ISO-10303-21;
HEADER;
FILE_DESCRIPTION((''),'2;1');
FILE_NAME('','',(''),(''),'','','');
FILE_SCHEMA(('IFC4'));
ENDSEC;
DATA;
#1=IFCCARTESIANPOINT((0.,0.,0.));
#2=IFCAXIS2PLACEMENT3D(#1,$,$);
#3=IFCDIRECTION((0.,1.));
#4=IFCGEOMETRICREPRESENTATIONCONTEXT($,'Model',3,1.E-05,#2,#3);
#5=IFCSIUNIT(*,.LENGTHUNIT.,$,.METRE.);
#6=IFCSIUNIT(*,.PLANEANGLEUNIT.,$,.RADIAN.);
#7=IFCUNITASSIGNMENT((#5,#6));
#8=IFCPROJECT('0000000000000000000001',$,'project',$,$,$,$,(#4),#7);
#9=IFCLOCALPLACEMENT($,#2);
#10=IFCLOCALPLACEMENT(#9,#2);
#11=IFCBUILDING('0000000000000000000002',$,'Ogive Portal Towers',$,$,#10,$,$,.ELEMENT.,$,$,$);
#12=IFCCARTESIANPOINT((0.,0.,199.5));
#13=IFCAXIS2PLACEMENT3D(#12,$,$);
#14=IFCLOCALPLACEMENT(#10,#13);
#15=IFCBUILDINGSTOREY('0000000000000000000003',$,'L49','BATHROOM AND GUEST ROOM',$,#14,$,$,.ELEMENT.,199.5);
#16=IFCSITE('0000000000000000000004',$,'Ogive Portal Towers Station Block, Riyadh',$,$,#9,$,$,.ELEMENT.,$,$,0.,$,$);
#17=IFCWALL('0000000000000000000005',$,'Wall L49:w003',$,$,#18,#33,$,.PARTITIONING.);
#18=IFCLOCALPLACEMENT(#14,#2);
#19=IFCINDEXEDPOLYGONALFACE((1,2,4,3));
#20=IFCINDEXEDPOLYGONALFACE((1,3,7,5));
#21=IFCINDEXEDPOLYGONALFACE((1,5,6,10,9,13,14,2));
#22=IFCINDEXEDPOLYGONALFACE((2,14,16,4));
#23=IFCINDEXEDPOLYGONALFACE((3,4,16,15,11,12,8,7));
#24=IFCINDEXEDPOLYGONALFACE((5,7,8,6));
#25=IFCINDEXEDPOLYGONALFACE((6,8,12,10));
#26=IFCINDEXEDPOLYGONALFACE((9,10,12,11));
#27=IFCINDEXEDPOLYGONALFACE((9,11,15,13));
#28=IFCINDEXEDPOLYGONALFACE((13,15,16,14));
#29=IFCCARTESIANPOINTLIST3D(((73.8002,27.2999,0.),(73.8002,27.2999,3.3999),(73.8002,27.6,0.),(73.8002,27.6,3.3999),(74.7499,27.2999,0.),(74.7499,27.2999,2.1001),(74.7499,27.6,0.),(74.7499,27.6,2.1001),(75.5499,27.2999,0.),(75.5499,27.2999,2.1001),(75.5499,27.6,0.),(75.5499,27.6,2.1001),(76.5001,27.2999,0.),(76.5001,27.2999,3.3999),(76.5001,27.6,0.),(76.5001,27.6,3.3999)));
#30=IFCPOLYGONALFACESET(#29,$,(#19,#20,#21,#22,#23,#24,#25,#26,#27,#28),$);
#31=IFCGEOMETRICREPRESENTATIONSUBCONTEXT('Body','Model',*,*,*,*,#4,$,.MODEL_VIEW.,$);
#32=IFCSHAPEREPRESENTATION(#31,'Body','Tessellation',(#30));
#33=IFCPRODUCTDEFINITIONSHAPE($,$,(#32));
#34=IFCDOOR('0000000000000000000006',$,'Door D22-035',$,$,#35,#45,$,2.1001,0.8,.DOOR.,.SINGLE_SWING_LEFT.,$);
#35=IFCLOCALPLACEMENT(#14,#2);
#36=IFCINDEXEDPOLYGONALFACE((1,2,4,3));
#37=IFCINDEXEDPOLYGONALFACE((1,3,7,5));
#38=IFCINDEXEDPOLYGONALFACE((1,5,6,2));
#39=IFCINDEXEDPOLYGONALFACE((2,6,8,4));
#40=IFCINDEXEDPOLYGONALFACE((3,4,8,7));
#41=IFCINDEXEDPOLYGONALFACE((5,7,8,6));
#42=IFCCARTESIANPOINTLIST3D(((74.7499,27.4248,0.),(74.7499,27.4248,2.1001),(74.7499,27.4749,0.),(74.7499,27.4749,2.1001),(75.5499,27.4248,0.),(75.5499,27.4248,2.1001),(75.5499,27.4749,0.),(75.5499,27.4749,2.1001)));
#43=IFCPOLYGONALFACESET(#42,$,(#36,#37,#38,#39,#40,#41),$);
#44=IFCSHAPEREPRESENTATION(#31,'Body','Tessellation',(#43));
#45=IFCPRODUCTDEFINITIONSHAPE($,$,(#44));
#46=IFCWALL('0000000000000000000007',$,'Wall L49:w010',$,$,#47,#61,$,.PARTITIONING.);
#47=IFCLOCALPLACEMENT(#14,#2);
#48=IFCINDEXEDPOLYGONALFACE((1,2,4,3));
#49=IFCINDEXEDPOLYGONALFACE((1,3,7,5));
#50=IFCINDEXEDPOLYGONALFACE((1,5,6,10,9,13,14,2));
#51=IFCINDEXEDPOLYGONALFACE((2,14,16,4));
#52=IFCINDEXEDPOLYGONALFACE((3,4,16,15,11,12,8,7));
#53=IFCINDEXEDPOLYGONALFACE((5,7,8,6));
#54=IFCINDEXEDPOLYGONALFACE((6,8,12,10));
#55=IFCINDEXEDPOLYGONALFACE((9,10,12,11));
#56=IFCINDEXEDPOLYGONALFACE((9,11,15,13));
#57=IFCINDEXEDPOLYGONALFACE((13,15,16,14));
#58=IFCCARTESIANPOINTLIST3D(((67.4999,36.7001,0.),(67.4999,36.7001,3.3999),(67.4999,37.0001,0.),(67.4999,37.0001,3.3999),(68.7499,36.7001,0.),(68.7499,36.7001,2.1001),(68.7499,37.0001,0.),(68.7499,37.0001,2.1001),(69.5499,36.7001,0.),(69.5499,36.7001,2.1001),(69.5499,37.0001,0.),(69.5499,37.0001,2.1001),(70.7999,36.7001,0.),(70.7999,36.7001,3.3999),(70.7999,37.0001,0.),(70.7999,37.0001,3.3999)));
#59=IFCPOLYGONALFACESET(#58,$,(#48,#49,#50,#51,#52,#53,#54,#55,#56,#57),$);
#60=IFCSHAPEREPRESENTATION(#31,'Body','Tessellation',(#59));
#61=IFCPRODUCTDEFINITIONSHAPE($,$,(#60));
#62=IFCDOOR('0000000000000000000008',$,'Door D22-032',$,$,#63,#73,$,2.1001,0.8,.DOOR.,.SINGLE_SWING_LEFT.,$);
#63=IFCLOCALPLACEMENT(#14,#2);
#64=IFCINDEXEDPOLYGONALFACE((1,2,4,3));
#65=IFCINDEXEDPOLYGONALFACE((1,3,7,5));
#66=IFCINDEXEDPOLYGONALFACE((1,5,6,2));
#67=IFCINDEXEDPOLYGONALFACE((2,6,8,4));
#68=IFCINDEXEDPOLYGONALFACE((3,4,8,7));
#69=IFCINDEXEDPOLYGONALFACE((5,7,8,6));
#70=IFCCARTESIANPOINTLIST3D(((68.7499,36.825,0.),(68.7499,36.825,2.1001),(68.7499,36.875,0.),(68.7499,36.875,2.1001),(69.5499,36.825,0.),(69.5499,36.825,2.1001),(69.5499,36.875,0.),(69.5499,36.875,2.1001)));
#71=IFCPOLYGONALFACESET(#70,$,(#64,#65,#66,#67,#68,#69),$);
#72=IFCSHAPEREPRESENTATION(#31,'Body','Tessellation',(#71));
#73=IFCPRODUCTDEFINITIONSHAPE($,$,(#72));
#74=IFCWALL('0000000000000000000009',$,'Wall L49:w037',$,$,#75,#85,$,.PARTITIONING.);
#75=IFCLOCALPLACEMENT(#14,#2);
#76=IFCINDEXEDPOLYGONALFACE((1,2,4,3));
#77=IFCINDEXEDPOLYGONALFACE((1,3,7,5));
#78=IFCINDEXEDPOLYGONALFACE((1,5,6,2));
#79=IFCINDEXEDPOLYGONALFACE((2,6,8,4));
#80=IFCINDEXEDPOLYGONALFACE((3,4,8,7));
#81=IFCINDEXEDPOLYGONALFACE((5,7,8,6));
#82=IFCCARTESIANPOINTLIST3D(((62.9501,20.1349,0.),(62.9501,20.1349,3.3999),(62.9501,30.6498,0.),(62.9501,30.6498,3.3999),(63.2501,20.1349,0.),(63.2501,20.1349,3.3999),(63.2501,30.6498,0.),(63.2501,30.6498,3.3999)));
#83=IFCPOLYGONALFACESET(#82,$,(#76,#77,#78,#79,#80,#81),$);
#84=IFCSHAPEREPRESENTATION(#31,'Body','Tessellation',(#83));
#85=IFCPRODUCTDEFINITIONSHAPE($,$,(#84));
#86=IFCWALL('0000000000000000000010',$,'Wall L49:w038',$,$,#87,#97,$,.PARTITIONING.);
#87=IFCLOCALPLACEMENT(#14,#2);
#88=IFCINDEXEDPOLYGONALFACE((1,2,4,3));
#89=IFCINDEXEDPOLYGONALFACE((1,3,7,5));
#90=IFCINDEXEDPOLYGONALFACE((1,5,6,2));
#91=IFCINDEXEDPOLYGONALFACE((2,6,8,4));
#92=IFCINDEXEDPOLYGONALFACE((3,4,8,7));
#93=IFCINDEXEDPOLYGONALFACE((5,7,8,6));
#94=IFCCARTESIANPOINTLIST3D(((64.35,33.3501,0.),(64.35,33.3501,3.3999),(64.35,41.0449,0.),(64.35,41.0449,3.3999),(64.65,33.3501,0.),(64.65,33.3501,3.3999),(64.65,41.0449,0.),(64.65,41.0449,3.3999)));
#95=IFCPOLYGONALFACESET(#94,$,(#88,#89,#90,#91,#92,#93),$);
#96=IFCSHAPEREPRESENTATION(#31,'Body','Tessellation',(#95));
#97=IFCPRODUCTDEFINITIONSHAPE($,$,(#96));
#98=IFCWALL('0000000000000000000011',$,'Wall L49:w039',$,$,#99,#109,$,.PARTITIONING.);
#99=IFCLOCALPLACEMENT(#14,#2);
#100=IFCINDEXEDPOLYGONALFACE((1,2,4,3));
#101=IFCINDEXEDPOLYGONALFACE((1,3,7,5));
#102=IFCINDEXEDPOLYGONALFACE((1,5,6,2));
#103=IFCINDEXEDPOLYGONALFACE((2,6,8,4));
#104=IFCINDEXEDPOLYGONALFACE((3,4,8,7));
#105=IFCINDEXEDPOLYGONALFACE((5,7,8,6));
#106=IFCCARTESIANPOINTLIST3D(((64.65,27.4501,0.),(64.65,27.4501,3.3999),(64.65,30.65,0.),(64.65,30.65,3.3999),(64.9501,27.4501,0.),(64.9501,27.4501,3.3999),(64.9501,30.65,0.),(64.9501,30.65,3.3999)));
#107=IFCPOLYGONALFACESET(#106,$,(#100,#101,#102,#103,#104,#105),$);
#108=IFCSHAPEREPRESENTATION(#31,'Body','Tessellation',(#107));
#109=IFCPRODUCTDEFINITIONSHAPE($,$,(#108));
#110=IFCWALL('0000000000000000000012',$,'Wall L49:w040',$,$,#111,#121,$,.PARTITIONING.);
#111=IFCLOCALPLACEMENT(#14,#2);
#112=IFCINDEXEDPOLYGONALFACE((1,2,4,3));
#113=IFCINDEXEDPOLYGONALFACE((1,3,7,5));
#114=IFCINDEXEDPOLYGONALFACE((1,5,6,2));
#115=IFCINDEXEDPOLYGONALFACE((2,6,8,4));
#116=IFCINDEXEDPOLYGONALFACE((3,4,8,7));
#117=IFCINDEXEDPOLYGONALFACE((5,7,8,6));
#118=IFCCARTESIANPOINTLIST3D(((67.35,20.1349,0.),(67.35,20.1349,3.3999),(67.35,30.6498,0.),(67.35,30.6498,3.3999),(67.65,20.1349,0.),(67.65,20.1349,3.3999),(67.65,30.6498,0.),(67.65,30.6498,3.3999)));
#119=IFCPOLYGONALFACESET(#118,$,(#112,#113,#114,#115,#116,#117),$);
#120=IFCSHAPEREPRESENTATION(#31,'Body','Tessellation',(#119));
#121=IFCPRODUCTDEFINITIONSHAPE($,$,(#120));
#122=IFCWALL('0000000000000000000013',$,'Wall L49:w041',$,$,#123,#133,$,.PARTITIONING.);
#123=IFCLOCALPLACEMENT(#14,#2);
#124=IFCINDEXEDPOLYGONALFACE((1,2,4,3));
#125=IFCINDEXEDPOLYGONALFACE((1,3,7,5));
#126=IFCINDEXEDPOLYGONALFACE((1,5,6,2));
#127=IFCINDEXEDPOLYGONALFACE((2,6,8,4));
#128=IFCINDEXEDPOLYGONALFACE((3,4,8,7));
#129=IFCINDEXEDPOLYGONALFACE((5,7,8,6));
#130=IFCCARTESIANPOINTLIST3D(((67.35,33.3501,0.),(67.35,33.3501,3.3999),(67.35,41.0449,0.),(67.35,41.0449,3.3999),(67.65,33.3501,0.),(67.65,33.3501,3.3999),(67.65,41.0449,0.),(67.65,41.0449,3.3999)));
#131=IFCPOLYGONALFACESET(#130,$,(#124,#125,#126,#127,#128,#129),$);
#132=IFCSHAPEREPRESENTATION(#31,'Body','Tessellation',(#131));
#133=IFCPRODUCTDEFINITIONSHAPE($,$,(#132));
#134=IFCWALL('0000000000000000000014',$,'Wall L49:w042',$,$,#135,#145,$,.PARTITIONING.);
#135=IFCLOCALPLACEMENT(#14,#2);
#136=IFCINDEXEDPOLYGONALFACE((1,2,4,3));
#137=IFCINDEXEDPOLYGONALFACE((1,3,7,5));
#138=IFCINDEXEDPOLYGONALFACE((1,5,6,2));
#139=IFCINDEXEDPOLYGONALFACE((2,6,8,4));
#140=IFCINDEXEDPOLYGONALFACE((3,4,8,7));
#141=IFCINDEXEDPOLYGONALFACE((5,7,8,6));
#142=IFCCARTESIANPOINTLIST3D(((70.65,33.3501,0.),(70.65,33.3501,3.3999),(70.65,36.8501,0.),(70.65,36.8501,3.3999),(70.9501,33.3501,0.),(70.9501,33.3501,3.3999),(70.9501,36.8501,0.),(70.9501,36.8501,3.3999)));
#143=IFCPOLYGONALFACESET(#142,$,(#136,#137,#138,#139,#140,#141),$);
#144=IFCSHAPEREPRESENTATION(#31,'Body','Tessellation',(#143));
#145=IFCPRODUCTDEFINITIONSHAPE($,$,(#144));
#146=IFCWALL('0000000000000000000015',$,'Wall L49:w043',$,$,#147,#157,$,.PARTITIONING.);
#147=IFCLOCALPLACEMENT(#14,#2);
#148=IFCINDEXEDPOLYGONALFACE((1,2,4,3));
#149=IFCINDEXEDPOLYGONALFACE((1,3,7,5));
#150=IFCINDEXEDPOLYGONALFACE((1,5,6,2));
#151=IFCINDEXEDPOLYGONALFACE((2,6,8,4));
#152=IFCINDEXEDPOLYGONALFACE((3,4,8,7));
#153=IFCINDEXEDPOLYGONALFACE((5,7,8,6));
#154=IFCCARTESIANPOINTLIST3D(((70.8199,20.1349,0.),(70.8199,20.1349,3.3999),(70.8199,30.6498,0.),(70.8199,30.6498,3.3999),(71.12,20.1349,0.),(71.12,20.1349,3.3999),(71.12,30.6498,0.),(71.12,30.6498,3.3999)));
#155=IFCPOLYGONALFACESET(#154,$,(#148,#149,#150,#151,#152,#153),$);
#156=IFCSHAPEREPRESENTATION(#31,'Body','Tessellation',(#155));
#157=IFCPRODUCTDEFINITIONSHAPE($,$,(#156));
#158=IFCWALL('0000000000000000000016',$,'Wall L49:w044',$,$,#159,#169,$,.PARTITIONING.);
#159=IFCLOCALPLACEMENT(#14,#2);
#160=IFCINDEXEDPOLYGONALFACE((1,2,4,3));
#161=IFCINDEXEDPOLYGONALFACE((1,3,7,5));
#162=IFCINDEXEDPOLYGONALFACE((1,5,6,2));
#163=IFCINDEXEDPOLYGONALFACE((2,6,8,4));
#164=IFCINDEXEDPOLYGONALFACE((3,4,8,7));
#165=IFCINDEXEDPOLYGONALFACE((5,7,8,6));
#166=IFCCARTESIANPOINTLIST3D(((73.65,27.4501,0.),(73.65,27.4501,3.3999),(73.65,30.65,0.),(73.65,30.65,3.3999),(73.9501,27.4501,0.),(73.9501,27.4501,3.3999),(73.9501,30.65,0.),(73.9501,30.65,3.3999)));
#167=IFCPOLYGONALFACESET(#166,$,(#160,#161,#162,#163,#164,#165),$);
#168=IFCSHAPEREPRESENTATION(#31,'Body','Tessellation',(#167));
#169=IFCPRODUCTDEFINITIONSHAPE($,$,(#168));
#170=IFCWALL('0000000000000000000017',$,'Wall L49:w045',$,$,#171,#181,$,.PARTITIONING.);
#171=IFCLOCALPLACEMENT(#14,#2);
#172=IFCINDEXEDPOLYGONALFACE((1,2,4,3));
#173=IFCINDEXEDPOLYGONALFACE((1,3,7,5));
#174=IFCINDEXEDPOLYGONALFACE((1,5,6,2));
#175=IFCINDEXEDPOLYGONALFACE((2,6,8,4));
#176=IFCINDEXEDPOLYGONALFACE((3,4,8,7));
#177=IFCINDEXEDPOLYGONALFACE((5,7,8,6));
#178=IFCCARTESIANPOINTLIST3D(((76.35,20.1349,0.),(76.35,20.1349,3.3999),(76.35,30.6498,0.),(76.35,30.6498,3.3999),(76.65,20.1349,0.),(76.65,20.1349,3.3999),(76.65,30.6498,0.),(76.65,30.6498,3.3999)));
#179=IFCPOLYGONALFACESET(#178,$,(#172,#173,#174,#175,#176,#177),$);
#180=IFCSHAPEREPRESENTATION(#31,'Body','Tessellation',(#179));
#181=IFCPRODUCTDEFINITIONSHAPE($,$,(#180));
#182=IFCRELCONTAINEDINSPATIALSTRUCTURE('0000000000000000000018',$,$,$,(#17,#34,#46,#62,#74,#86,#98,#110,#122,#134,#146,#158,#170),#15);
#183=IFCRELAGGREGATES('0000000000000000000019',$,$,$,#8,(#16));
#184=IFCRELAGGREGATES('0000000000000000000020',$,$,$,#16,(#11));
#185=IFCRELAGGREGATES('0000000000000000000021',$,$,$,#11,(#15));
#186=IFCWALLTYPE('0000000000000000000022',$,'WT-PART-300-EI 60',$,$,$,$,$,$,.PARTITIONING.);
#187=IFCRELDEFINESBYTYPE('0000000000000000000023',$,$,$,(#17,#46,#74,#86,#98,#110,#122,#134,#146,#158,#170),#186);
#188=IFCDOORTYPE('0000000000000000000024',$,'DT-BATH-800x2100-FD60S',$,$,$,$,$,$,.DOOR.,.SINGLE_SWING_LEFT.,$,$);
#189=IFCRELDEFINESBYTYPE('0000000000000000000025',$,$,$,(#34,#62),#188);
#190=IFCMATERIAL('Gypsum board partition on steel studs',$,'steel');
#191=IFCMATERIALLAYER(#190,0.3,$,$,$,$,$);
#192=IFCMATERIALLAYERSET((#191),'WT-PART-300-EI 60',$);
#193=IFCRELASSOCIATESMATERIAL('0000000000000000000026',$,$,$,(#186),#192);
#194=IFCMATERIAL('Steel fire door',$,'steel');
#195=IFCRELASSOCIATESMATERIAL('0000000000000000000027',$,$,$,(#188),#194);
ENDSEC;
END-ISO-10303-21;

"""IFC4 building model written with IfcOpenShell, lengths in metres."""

from ifc_helpers import new_model, si_unit, direction, frame, frame_2d, origin, place, context, subcontext, project, spatial, rectangle, extrude, material, layer, layer_set, type_object, element, fill, save


model = new_model("IFC4")

# Units and contexts
model_context = context("Model", 3, precision=1e-05, world=origin(), true_north=direction((0.0, 1.0)))
body_context = subcontext(model_context, "Body", "Model", "MODEL_VIEW")
ifc_project = project(units=[si_unit("LENGTHUNIT", "METRE"), si_unit("PLANEANGLEUNIT", "RADIAN")], contexts=[model_context])

# Site, building, storey
site_placement = place(None, origin())
site = spatial("IfcSite", under=ifc_project, at=site_placement, Name="Ogive Portal Towers Station Block, Riyadh", CompositionType="ELEMENT", RefElevation=0.0)
building_placement = place(site_placement, origin())
building = spatial("IfcBuilding", under=site, at=building_placement, Name="Ogive Portal Towers", CompositionType="ELEMENT")
storey_placement = place(building_placement, frame((0.0, 0.0, 199.5)))
storey = spatial("IfcBuildingStorey", under=building, at=storey_placement, Name="L49", Description="BATHROOM AND GUEST ROOM", CompositionType="ELEMENT", Elevation=199.5)

# Walls, openings, doors
ifc_material_1 = material(Name="Gypsum board partition on steel studs", Category="steel")
ifc_layer_1 = layer(ifc_material_1, 0.3)
ifc_layer_set_1 = layer_set([ifc_layer_1], Name="WT-PART-300-EI 60")
wall_type_1 = type_object("IfcWallType", Name="WT-PART-300-EI 60", PredefinedType="PARTITIONING", material=ifc_layer_set_1)
ifc_material_2 = material(Name="Steel fire door", Category="steel")
door_type_1 = type_object("IfcDoorType", Name="DT-BATH-800x2100-FD60S", OperationType="SINGLE_SWING_LEFT", PredefinedType="DOOR", material=ifc_material_2)
wall_1_placement = place(storey_placement, frame((73.8, 27.45, 0.0), z_axis=(0.0, 0.0, 1.0), x_axis=(1.0, 0.0, 0.0)))
wall_1 = element("IfcWall", 1, at=wall_1_placement, inside=storey, type_object=wall_type_1, Name="Wall L49:w003", PredefinedType="PARTITIONING", context=body_context, shape_type="SweptSolid", body=[
    extrude(rectangle(XDim=2.7, YDim=0.3, at=frame_2d((1.3501, 0.0))), origin(), (0.0, 0.0, 1.0), 3.3999),
])
opening_1_placement = place(wall_1_placement, frame((0.95, 0.0, 0.0)))
opening_1 = element("IfcOpeningElement", 2, at=opening_1_placement, cuts=wall_1, PredefinedType="OPENING", context=body_context, shape_type="SweptSolid", body=[
    extrude(rectangle(XDim=0.8, YDim=2.1001, at=frame_2d((0.3999, 1.05))), frame((0.0, 0.1602, 0.0), z_axis=(0.0, -1.0, 0.0), x_axis=(1.0, 0.0, 0.0)), (0.0, 0.0, 1.0), 0.3201),
])
door_1_placement = place(opening_1_placement, origin())
door_1 = element("IfcDoor", 3, at=door_1_placement, inside=storey, type_object=door_type_1, Name="Door D22-035", OperationType="SINGLE_SWING_LEFT", OverallHeight=2.1001, OverallWidth=0.8, PredefinedType="DOOR", context=body_context, shape_type="SweptSolid", body=[
    extrude(rectangle(XDim=0.8, YDim=2.1001, at=frame_2d((0.3999, 1.05))), frame((0.0, 0.0249, 0.0), z_axis=(0.0, -1.0, 0.0), x_axis=(1.0, 0.0, 0.0)), (0.0, 0.0, 1.0), 0.05),
])
fill(opening_1, door_1)
wall_2_placement = place(storey_placement, frame((67.5, 36.8501, 0.0), z_axis=(0.0, 0.0, 1.0), x_axis=(1.0, 0.0, 0.0)))
wall_2 = element("IfcWall", 4, at=wall_2_placement, inside=storey, type_object=wall_type_1, Name="Wall L49:w010", PredefinedType="PARTITIONING", context=body_context, shape_type="SweptSolid", body=[
    extrude(rectangle(XDim=3.3, YDim=0.3, at=frame_2d((1.6499, 0.0))), origin(), (0.0, 0.0, 1.0), 3.3999),
])
opening_2_placement = place(wall_2_placement, frame((1.25, 0.0, 0.0)))
opening_2 = element("IfcOpeningElement", 5, at=opening_2_placement, cuts=wall_2, PredefinedType="OPENING", context=body_context, shape_type="SweptSolid", body=[
    extrude(rectangle(XDim=0.8, YDim=2.1001, at=frame_2d((0.3999, 1.05))), frame((0.0, 0.1602, 0.0), z_axis=(0.0, -1.0, 0.0), x_axis=(1.0, 0.0, 0.0)), (0.0, 0.0, 1.0), 0.3201),
])
door_2_placement = place(opening_2_placement, origin())
door_2 = element("IfcDoor", 6, at=door_2_placement, inside=storey, type_object=door_type_1, Name="Door D22-032", OperationType="SINGLE_SWING_LEFT", OverallHeight=2.1001, OverallWidth=0.8, PredefinedType="DOOR", context=body_context, shape_type="SweptSolid", body=[
    extrude(rectangle(XDim=0.8, YDim=2.1001, at=frame_2d((0.3999, 1.05))), frame((0.0, 0.0249, 0.0), z_axis=(0.0, -1.0, 0.0), x_axis=(1.0, 0.0, 0.0)), (0.0, 0.0, 1.0), 0.05),
])
fill(opening_2, door_2)

# Walls
wall_3_placement = place(storey_placement, frame((63.1001, 20.135, 0.0), z_axis=(0.0, 0.0, 1.0), x_axis=(0.0, 1.0, 0.0)))
element("IfcWall", 7, at=wall_3_placement, inside=storey, type_object=wall_type_1, Name="Wall L49:w037", PredefinedType="PARTITIONING", context=body_context, shape_type="SweptSolid", body=[
    extrude(rectangle(XDim=10.5149, YDim=0.3, at=frame_2d((5.2573, 0.0))), origin(), (0.0, 0.0, 1.0), 3.3999),
])
wall_4_placement = place(storey_placement, frame((64.5, 33.3501, 0.0), z_axis=(0.0, 0.0, 1.0), x_axis=(0.0, 1.0, 0.0)))
element("IfcWall", 8, at=wall_4_placement, inside=storey, type_object=wall_type_1, Name="Wall L49:w038", PredefinedType="PARTITIONING", context=body_context, shape_type="SweptSolid", body=[
    extrude(rectangle(XDim=7.6948, YDim=0.3, at=frame_2d((3.8474, 0.0))), origin(), (0.0, 0.0, 1.0), 3.3999),
])
wall_5_placement = place(storey_placement, frame((64.8, 27.45, 0.0), z_axis=(0.0, 0.0, 1.0), x_axis=(0.0, 1.0, 0.0)))
element("IfcWall", 9, at=wall_5_placement, inside=storey, type_object=wall_type_1, Name="Wall L49:w039", PredefinedType="PARTITIONING", context=body_context, shape_type="SweptSolid", body=[
    extrude(rectangle(XDim=3.2, YDim=0.3, at=frame_2d((1.6001, 0.0))), origin(), (0.0, 0.0, 1.0), 3.3999),
])
wall_6_placement = place(storey_placement, frame((67.5, 20.135, 0.0), z_axis=(0.0, 0.0, 1.0), x_axis=(0.0, 1.0, 0.0)))
element("IfcWall", 10, at=wall_6_placement, inside=storey, type_object=wall_type_1, Name="Wall L49:w040", PredefinedType="PARTITIONING", context=body_context, shape_type="SweptSolid", body=[
    extrude(rectangle(XDim=10.5149, YDim=0.3, at=frame_2d((5.2573, 0.0))), origin(), (0.0, 0.0, 1.0), 3.3999),
])
wall_7_placement = place(storey_placement, frame((67.5, 33.3501, 0.0), z_axis=(0.0, 0.0, 1.0), x_axis=(0.0, 1.0, 0.0)))
element("IfcWall", 11, at=wall_7_placement, inside=storey, type_object=wall_type_1, Name="Wall L49:w041", PredefinedType="PARTITIONING", context=body_context, shape_type="SweptSolid", body=[
    extrude(rectangle(XDim=7.6948, YDim=0.3, at=frame_2d((3.8474, 0.0))), origin(), (0.0, 0.0, 1.0), 3.3999),
])
wall_8_placement = place(storey_placement, frame((70.8, 33.3501, 0.0), z_axis=(0.0, 0.0, 1.0), x_axis=(0.0, 1.0, 0.0)))
element("IfcWall", 12, at=wall_8_placement, inside=storey, type_object=wall_type_1, Name="Wall L49:w042", PredefinedType="PARTITIONING", context=body_context, shape_type="SweptSolid", body=[
    extrude(rectangle(XDim=3.5, YDim=0.3, at=frame_2d((1.75, 0.0))), origin(), (0.0, 0.0, 1.0), 3.3999),
])
wall_9_placement = place(storey_placement, frame((70.97, 20.135, 0.0), z_axis=(0.0, 0.0, 1.0), x_axis=(0.0, 1.0, 0.0)))
element("IfcWall", 13, at=wall_9_placement, inside=storey, type_object=wall_type_1, Name="Wall L49:w043", PredefinedType="PARTITIONING", context=body_context, shape_type="SweptSolid", body=[
    extrude(rectangle(XDim=10.5149, YDim=0.3, at=frame_2d((5.2573, 0.0))), origin(), (0.0, 0.0, 1.0), 3.3999),
])
wall_10_placement = place(storey_placement, frame((73.8, 27.45, 0.0), z_axis=(0.0, 0.0, 1.0), x_axis=(0.0, 1.0, 0.0)))
element("IfcWall", 14, at=wall_10_placement, inside=storey, type_object=wall_type_1, Name="Wall L49:w044", PredefinedType="PARTITIONING", context=body_context, shape_type="SweptSolid", body=[
    extrude(rectangle(XDim=3.2, YDim=0.3, at=frame_2d((1.6001, 0.0))), origin(), (0.0, 0.0, 1.0), 3.3999),
])
wall_11_placement = place(storey_placement, frame((76.5, 20.135, 0.0), z_axis=(0.0, 0.0, 1.0), x_axis=(0.0, 1.0, 0.0)))
element("IfcWall", 15, at=wall_11_placement, inside=storey, type_object=wall_type_1, Name="Wall L49:w045", PredefinedType="PARTITIONING", context=body_context, shape_type="SweptSolid", body=[
    extrude(rectangle(XDim=10.5149, YDim=0.3, at=frame_2d((5.2573, 0.0))), origin(), (0.0, 0.0, 1.0), 3.3999),
])

save(model, "model.ifc")
